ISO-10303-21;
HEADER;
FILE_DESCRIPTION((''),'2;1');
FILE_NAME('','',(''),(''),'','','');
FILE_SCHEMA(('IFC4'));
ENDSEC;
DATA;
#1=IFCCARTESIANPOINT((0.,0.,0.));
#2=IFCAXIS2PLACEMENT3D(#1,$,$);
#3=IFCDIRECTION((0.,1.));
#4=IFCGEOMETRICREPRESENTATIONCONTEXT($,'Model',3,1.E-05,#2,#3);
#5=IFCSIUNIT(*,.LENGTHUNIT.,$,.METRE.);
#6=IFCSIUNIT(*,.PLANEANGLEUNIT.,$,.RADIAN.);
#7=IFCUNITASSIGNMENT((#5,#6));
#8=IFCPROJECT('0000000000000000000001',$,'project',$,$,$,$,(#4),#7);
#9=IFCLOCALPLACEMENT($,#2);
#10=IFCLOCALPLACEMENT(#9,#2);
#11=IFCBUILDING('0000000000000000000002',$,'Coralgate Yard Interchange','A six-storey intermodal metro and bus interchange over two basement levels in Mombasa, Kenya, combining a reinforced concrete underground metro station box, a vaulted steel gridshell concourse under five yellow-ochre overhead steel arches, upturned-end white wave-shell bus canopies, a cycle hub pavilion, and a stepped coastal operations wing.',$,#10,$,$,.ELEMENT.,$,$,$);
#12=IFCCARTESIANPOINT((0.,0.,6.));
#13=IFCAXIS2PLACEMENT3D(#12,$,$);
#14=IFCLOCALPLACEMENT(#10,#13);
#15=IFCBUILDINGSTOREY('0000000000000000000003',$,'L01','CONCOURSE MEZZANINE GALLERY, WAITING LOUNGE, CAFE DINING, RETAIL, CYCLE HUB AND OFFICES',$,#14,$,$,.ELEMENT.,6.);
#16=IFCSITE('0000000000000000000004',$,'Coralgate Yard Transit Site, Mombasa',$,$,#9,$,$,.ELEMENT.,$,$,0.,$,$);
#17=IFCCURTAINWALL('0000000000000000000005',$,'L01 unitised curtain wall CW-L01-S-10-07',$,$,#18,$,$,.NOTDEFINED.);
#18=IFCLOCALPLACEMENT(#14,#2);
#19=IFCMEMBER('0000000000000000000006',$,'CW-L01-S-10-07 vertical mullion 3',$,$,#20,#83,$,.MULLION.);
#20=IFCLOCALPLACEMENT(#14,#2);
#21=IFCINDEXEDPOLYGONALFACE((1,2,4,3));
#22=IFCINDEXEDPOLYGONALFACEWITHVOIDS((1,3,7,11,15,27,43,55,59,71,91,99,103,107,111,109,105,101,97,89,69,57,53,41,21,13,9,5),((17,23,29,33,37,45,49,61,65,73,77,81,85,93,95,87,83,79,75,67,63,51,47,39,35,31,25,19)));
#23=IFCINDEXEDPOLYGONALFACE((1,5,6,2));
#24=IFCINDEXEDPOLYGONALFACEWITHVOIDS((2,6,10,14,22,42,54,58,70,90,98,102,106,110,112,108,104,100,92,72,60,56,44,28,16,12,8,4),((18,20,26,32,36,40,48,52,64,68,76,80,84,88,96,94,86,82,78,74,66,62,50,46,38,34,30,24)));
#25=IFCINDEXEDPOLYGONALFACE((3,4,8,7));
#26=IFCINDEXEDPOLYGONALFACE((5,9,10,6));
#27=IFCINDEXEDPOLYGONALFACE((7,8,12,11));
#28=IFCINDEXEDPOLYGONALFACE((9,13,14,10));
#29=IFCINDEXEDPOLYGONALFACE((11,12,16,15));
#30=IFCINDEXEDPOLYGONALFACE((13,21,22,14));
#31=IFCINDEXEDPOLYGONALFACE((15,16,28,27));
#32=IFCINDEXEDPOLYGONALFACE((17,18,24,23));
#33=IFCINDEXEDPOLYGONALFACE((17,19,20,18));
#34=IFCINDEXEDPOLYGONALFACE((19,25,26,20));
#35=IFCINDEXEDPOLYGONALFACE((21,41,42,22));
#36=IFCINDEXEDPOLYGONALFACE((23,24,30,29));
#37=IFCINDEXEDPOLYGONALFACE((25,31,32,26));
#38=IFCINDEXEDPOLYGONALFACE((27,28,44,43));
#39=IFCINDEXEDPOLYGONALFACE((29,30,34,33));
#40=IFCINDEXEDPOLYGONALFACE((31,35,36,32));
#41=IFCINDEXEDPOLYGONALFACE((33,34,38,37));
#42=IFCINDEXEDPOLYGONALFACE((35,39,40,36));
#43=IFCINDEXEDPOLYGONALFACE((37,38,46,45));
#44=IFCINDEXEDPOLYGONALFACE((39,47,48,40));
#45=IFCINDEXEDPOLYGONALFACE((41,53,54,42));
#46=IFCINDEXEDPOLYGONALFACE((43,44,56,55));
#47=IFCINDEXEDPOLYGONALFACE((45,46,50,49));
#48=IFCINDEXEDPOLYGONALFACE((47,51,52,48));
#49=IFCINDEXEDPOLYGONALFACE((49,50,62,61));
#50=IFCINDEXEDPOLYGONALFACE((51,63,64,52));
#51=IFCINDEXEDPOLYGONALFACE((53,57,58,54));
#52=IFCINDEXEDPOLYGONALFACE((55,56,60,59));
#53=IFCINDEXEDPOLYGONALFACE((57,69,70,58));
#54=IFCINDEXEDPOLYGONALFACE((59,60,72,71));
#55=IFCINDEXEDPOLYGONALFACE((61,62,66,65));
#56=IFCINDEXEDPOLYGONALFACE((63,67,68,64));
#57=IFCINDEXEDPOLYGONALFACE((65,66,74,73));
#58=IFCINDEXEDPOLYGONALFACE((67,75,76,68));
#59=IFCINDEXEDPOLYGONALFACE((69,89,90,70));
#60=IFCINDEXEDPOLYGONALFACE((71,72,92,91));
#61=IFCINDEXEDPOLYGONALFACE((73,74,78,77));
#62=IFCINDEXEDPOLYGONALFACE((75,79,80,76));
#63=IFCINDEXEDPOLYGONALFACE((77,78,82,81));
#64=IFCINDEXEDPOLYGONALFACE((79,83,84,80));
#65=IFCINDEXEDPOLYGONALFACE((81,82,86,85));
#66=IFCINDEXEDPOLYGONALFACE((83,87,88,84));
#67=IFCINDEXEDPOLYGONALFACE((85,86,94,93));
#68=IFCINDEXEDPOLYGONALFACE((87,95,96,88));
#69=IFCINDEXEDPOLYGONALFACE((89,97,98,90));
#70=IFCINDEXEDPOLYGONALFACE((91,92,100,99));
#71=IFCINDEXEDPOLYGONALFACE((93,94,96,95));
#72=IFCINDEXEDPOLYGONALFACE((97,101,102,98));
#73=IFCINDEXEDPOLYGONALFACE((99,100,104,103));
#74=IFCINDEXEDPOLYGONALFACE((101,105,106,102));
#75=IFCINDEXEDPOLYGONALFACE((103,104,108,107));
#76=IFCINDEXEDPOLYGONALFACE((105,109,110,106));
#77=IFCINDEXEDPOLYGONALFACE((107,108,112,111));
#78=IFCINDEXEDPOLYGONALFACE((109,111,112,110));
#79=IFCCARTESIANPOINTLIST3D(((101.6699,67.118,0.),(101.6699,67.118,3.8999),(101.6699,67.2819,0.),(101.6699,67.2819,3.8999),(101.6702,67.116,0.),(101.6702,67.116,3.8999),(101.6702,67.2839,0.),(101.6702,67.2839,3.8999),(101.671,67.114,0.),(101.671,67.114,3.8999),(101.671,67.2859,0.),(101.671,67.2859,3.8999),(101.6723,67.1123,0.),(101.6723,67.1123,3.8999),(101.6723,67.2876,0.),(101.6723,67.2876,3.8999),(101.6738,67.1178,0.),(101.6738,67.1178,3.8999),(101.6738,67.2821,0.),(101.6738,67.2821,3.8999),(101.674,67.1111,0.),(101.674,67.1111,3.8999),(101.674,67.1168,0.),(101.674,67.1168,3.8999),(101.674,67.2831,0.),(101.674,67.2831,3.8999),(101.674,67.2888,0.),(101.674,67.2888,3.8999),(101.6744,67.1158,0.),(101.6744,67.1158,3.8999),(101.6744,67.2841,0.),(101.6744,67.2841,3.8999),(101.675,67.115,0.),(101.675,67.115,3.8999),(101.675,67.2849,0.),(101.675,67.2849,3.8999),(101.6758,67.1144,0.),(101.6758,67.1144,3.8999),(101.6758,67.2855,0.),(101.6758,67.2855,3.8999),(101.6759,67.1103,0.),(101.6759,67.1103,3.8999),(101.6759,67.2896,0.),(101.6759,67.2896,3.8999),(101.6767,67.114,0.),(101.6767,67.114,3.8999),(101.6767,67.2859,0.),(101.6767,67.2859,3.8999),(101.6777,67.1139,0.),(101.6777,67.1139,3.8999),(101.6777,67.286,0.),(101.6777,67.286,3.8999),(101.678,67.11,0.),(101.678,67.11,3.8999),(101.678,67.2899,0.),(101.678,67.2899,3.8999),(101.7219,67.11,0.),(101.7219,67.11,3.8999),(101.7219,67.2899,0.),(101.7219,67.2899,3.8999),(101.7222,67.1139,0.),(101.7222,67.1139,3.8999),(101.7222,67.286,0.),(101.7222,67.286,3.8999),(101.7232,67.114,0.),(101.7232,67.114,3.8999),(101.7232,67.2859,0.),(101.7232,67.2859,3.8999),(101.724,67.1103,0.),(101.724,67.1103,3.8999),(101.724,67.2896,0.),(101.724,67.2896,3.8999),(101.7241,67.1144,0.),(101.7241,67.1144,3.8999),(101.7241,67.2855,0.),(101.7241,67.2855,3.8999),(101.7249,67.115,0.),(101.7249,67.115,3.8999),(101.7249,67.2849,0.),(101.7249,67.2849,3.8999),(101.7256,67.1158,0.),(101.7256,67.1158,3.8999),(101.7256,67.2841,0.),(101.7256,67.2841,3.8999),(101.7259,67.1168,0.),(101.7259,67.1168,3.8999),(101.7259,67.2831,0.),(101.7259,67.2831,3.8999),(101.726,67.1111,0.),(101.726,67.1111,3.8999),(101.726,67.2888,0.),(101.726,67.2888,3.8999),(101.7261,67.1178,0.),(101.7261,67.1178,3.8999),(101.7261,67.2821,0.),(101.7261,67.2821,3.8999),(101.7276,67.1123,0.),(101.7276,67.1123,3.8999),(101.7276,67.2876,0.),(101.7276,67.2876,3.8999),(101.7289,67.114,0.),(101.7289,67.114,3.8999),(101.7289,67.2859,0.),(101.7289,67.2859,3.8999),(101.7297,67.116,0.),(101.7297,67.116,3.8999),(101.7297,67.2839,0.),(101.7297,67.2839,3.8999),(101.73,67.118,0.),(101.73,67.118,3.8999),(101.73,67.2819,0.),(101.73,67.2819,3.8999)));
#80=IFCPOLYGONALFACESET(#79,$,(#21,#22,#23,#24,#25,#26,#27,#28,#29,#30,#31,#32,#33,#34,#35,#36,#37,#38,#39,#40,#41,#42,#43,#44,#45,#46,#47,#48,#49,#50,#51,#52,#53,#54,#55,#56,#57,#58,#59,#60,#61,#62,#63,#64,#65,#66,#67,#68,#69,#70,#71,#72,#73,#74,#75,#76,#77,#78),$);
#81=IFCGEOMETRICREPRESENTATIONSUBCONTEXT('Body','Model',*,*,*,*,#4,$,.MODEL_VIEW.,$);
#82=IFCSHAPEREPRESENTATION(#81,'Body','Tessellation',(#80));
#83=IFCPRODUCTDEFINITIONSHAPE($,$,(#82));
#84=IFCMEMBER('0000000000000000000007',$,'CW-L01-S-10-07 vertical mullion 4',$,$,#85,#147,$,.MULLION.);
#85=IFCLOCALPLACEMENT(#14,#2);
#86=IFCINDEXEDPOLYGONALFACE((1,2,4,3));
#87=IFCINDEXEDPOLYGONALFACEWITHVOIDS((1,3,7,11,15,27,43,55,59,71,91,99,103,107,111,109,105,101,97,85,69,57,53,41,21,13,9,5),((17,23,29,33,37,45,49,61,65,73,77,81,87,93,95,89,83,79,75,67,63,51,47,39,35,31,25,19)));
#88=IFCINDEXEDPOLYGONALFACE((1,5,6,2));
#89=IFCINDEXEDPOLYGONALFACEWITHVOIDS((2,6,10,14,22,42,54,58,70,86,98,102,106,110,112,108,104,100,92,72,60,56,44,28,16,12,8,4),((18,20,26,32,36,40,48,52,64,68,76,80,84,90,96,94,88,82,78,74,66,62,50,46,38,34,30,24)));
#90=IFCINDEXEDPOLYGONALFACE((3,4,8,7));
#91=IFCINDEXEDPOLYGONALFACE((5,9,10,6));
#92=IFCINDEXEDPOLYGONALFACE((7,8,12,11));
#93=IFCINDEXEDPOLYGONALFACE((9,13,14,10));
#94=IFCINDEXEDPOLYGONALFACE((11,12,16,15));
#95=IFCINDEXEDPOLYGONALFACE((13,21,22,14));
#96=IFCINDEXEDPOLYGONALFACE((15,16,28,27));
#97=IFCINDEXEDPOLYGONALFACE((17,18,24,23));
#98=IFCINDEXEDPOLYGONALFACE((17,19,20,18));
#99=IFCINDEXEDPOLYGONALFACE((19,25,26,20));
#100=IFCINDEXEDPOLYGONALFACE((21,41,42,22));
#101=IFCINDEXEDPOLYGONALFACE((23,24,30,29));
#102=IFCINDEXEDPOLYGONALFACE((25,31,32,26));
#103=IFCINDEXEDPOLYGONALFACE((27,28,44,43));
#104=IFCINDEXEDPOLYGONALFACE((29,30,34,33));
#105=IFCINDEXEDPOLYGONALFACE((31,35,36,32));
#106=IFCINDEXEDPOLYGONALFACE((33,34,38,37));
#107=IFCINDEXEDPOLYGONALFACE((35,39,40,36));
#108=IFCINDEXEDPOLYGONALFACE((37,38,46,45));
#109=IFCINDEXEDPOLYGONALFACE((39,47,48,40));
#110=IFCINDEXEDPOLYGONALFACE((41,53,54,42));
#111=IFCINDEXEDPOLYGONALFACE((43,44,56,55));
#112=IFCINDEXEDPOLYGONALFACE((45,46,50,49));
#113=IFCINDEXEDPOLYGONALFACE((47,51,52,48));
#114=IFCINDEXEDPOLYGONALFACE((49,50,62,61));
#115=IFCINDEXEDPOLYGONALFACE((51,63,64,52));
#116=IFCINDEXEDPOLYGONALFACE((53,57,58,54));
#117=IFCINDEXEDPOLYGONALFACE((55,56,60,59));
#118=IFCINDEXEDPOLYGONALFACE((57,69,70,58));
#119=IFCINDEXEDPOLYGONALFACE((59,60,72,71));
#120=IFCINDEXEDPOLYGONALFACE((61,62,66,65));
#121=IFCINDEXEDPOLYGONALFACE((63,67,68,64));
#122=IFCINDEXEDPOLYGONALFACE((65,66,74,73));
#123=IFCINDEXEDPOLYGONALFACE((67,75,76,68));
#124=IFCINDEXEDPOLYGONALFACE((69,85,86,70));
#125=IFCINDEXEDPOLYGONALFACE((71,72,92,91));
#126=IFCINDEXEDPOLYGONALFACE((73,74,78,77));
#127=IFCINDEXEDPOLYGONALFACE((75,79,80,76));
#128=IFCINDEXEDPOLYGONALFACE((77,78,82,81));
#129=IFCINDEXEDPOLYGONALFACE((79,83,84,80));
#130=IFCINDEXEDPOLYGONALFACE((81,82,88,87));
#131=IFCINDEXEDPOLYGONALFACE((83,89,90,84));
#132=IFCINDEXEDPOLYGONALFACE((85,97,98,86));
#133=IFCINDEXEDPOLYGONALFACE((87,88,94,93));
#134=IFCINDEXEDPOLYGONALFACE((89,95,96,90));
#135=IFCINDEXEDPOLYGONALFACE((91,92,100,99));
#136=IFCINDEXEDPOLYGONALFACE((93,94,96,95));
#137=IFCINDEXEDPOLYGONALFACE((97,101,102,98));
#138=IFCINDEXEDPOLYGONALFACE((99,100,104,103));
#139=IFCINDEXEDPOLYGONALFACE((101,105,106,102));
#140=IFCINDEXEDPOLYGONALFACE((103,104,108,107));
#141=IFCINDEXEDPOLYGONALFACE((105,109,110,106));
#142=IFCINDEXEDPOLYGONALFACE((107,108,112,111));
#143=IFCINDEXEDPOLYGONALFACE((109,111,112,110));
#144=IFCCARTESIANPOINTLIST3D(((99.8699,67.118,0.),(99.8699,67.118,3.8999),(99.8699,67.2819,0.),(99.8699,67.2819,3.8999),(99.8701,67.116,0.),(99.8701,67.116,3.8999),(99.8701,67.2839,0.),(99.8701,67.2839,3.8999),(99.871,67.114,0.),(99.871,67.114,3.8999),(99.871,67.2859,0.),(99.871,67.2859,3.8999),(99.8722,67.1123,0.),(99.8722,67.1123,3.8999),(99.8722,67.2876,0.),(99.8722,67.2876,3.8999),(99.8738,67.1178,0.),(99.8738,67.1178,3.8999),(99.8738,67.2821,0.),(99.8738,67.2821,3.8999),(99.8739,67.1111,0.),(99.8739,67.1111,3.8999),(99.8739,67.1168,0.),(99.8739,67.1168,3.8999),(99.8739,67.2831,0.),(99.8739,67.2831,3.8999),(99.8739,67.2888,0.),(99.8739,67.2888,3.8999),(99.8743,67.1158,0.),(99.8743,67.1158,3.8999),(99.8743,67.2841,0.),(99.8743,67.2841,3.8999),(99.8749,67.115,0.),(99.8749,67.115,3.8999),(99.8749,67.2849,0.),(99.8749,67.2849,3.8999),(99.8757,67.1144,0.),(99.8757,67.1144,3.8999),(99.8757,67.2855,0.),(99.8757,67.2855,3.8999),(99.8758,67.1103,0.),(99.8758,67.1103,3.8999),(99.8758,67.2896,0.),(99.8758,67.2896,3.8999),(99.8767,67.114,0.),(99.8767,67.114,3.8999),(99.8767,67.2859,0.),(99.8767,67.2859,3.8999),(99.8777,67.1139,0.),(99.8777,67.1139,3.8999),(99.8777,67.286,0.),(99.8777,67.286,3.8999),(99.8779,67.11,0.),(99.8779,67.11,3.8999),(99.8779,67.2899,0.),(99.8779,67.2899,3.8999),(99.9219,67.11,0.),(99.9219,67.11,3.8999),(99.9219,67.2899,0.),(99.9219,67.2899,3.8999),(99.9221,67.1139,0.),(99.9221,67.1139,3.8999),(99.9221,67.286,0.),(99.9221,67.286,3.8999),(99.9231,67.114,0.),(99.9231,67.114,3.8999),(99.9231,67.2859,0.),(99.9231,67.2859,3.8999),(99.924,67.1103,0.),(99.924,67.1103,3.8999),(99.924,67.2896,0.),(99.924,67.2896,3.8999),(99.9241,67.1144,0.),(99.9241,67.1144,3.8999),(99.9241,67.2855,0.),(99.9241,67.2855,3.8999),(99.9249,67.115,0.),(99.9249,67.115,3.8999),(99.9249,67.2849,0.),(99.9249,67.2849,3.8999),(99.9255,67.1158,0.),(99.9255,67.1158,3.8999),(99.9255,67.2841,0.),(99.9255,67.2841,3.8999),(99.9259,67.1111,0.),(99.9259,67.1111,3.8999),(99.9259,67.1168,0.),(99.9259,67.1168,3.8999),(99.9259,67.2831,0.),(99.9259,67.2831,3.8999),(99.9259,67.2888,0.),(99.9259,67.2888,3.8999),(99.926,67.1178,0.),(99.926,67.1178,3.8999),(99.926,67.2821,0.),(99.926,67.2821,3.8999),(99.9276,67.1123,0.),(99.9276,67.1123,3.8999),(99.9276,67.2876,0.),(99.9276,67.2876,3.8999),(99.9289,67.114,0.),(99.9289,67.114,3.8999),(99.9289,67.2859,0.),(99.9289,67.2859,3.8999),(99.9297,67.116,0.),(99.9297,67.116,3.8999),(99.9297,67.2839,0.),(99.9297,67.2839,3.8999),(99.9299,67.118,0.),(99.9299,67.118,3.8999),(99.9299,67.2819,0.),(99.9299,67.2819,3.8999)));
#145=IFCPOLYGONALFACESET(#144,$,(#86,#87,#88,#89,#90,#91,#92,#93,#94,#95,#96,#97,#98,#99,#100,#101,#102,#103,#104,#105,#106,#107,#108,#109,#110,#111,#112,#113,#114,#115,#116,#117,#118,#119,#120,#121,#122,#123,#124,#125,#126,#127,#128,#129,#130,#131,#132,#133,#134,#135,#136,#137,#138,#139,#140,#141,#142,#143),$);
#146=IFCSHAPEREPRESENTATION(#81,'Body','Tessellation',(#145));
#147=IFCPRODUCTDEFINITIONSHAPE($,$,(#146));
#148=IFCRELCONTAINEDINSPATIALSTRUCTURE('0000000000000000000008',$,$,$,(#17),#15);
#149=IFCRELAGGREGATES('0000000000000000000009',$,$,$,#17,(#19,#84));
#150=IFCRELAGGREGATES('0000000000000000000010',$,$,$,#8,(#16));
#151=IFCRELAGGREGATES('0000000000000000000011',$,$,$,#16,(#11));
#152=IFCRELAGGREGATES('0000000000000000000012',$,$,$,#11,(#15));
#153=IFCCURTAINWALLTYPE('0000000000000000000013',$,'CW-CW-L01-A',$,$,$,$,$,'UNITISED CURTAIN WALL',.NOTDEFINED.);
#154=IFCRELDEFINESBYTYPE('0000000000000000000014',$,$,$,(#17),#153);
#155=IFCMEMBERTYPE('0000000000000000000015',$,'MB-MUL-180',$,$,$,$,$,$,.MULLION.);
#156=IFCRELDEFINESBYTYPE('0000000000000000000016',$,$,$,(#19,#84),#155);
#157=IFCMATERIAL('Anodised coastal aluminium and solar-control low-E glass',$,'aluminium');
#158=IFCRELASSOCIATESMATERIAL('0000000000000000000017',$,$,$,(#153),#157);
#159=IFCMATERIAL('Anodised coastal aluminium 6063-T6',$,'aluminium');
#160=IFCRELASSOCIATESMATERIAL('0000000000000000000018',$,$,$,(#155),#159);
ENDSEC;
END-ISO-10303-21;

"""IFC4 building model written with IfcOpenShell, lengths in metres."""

from ifc_helpers import new_model, si_unit, direction, frame, origin, origin_2d, place, context, subcontext, project, spatial, hollow_rectangle, extrude, material, material_profile, profile_set, type_object, element, aggregate, save


model = new_model("IFC4")

# Units and contexts
model_context = context("Model", 3, precision=1e-05, world=origin(), true_north=direction((0.0, 1.0)))
body_context = subcontext(model_context, "Body", "Model", "MODEL_VIEW")
ifc_project = project(units=[si_unit("LENGTHUNIT", "METRE"), si_unit("PLANEANGLEUNIT", "RADIAN")], contexts=[model_context])

# Site, building, storey
site_placement = place(None, origin())
site = spatial("IfcSite", under=ifc_project, at=site_placement, Name="Coralgate Yard Transit Site, Mombasa", CompositionType="ELEMENT", RefElevation=0.0)
building_placement = place(site_placement, origin())
building = spatial("IfcBuilding", under=site, at=building_placement, Name="Coralgate Yard Interchange", Description="A six-storey intermodal metro and bus interchange over two basement levels in Mombasa, Kenya, combining a reinforced concrete underground metro station box, a vaulted steel gridshell concourse under five yellow-ochre overhead steel arches, upturned-end white wave-shell bus canopies, a cycle hub pavilion, and a stepped coastal operations wing.", CompositionType="ELEMENT")
storey_placement = place(building_placement, frame((0.0, 0.0, 6.0)))
storey = spatial("IfcBuildingStorey", under=building, at=storey_placement, Name="L01", Description="CONCOURSE MEZZANINE GALLERY, WAITING LOUNGE, CAFE DINING, RETAIL, CYCLE HUB AND OFFICES", CompositionType="ELEMENT", Elevation=6.0)

# Curtain wall, members
ifc_material_1 = material(Name="Anodised coastal aluminium and solar-control low-E glass", Category="aluminium")
curtain_wall_type = type_object("IfcCurtainWallType", Name="CW-CW-L01-A", ElementType="UNITISED CURTAIN WALL", PredefinedType="NOTDEFINED", material=ifc_material_1)
curtain_wall_placement = place(storey_placement, origin())
curtain_wall = element("IfcCurtainWall", 1, at=curtain_wall_placement, inside=storey, type_object=curtain_wall_type, Name="L01 unitised curtain wall CW-L01-S-10-07", PredefinedType="NOTDEFINED")
ifc_material_2 = material(Name="Anodised coastal aluminium 6063-T6", Category="aluminium")
ifc_material_profile_1 = material_profile(ifc_material_2, hollow_rectangle(XDim=0.0601, YDim=0.1799, WallThickness=0.0039, InnerFilletRadius=0.0039, OuterFilletRadius=0.0081, at=origin_2d()), Name="ALU 60x180x4")
ifc_profile_set_1 = profile_set([ifc_material_profile_1], Name="Anodised coastal aluminium 6063-T6")
member_type_1 = type_object("IfcMemberType", Name="MB-MUL-180", PredefinedType="MULLION", material=ifc_profile_set_1)
member_1_placement = place(storey_placement, frame((101.7, 67.2, 0.0), z_axis=(0.0, 0.0, 1.0), x_axis=(1.0, 0.0, 0.0)))
member_1 = element("IfcMember", 2, at=member_1_placement, type_object=member_type_1, Name="CW-L01-S-10-07 vertical mullion 3", PredefinedType="MULLION", context=body_context, shape_type="SweptSolid", body=[
    extrude(hollow_rectangle(XDim=0.0601, YDim=0.1799, WallThickness=0.0039, InnerFilletRadius=0.0039, OuterFilletRadius=0.0081, at=origin_2d()), origin(), (0.0, 0.0, 1.0), 3.8999),
])
member_2_placement = place(storey_placement, frame((99.8999, 67.2, 0.0), z_axis=(0.0, 0.0, 1.0), x_axis=(1.0, 0.0, 0.0)))
member_2 = element("IfcMember", 3, at=member_2_placement, type_object=member_type_1, Name="CW-L01-S-10-07 vertical mullion 4", PredefinedType="MULLION", context=body_context, shape_type="SweptSolid", body=[
    extrude(hollow_rectangle(XDim=0.0601, YDim=0.1799, WallThickness=0.0039, InnerFilletRadius=0.0039, OuterFilletRadius=0.0081, at=origin_2d()), origin(), (0.0, 0.0, 1.0), 3.8999),
])
aggregate(curtain_wall, [member_1, member_2])

save(model, "model.ifc")
